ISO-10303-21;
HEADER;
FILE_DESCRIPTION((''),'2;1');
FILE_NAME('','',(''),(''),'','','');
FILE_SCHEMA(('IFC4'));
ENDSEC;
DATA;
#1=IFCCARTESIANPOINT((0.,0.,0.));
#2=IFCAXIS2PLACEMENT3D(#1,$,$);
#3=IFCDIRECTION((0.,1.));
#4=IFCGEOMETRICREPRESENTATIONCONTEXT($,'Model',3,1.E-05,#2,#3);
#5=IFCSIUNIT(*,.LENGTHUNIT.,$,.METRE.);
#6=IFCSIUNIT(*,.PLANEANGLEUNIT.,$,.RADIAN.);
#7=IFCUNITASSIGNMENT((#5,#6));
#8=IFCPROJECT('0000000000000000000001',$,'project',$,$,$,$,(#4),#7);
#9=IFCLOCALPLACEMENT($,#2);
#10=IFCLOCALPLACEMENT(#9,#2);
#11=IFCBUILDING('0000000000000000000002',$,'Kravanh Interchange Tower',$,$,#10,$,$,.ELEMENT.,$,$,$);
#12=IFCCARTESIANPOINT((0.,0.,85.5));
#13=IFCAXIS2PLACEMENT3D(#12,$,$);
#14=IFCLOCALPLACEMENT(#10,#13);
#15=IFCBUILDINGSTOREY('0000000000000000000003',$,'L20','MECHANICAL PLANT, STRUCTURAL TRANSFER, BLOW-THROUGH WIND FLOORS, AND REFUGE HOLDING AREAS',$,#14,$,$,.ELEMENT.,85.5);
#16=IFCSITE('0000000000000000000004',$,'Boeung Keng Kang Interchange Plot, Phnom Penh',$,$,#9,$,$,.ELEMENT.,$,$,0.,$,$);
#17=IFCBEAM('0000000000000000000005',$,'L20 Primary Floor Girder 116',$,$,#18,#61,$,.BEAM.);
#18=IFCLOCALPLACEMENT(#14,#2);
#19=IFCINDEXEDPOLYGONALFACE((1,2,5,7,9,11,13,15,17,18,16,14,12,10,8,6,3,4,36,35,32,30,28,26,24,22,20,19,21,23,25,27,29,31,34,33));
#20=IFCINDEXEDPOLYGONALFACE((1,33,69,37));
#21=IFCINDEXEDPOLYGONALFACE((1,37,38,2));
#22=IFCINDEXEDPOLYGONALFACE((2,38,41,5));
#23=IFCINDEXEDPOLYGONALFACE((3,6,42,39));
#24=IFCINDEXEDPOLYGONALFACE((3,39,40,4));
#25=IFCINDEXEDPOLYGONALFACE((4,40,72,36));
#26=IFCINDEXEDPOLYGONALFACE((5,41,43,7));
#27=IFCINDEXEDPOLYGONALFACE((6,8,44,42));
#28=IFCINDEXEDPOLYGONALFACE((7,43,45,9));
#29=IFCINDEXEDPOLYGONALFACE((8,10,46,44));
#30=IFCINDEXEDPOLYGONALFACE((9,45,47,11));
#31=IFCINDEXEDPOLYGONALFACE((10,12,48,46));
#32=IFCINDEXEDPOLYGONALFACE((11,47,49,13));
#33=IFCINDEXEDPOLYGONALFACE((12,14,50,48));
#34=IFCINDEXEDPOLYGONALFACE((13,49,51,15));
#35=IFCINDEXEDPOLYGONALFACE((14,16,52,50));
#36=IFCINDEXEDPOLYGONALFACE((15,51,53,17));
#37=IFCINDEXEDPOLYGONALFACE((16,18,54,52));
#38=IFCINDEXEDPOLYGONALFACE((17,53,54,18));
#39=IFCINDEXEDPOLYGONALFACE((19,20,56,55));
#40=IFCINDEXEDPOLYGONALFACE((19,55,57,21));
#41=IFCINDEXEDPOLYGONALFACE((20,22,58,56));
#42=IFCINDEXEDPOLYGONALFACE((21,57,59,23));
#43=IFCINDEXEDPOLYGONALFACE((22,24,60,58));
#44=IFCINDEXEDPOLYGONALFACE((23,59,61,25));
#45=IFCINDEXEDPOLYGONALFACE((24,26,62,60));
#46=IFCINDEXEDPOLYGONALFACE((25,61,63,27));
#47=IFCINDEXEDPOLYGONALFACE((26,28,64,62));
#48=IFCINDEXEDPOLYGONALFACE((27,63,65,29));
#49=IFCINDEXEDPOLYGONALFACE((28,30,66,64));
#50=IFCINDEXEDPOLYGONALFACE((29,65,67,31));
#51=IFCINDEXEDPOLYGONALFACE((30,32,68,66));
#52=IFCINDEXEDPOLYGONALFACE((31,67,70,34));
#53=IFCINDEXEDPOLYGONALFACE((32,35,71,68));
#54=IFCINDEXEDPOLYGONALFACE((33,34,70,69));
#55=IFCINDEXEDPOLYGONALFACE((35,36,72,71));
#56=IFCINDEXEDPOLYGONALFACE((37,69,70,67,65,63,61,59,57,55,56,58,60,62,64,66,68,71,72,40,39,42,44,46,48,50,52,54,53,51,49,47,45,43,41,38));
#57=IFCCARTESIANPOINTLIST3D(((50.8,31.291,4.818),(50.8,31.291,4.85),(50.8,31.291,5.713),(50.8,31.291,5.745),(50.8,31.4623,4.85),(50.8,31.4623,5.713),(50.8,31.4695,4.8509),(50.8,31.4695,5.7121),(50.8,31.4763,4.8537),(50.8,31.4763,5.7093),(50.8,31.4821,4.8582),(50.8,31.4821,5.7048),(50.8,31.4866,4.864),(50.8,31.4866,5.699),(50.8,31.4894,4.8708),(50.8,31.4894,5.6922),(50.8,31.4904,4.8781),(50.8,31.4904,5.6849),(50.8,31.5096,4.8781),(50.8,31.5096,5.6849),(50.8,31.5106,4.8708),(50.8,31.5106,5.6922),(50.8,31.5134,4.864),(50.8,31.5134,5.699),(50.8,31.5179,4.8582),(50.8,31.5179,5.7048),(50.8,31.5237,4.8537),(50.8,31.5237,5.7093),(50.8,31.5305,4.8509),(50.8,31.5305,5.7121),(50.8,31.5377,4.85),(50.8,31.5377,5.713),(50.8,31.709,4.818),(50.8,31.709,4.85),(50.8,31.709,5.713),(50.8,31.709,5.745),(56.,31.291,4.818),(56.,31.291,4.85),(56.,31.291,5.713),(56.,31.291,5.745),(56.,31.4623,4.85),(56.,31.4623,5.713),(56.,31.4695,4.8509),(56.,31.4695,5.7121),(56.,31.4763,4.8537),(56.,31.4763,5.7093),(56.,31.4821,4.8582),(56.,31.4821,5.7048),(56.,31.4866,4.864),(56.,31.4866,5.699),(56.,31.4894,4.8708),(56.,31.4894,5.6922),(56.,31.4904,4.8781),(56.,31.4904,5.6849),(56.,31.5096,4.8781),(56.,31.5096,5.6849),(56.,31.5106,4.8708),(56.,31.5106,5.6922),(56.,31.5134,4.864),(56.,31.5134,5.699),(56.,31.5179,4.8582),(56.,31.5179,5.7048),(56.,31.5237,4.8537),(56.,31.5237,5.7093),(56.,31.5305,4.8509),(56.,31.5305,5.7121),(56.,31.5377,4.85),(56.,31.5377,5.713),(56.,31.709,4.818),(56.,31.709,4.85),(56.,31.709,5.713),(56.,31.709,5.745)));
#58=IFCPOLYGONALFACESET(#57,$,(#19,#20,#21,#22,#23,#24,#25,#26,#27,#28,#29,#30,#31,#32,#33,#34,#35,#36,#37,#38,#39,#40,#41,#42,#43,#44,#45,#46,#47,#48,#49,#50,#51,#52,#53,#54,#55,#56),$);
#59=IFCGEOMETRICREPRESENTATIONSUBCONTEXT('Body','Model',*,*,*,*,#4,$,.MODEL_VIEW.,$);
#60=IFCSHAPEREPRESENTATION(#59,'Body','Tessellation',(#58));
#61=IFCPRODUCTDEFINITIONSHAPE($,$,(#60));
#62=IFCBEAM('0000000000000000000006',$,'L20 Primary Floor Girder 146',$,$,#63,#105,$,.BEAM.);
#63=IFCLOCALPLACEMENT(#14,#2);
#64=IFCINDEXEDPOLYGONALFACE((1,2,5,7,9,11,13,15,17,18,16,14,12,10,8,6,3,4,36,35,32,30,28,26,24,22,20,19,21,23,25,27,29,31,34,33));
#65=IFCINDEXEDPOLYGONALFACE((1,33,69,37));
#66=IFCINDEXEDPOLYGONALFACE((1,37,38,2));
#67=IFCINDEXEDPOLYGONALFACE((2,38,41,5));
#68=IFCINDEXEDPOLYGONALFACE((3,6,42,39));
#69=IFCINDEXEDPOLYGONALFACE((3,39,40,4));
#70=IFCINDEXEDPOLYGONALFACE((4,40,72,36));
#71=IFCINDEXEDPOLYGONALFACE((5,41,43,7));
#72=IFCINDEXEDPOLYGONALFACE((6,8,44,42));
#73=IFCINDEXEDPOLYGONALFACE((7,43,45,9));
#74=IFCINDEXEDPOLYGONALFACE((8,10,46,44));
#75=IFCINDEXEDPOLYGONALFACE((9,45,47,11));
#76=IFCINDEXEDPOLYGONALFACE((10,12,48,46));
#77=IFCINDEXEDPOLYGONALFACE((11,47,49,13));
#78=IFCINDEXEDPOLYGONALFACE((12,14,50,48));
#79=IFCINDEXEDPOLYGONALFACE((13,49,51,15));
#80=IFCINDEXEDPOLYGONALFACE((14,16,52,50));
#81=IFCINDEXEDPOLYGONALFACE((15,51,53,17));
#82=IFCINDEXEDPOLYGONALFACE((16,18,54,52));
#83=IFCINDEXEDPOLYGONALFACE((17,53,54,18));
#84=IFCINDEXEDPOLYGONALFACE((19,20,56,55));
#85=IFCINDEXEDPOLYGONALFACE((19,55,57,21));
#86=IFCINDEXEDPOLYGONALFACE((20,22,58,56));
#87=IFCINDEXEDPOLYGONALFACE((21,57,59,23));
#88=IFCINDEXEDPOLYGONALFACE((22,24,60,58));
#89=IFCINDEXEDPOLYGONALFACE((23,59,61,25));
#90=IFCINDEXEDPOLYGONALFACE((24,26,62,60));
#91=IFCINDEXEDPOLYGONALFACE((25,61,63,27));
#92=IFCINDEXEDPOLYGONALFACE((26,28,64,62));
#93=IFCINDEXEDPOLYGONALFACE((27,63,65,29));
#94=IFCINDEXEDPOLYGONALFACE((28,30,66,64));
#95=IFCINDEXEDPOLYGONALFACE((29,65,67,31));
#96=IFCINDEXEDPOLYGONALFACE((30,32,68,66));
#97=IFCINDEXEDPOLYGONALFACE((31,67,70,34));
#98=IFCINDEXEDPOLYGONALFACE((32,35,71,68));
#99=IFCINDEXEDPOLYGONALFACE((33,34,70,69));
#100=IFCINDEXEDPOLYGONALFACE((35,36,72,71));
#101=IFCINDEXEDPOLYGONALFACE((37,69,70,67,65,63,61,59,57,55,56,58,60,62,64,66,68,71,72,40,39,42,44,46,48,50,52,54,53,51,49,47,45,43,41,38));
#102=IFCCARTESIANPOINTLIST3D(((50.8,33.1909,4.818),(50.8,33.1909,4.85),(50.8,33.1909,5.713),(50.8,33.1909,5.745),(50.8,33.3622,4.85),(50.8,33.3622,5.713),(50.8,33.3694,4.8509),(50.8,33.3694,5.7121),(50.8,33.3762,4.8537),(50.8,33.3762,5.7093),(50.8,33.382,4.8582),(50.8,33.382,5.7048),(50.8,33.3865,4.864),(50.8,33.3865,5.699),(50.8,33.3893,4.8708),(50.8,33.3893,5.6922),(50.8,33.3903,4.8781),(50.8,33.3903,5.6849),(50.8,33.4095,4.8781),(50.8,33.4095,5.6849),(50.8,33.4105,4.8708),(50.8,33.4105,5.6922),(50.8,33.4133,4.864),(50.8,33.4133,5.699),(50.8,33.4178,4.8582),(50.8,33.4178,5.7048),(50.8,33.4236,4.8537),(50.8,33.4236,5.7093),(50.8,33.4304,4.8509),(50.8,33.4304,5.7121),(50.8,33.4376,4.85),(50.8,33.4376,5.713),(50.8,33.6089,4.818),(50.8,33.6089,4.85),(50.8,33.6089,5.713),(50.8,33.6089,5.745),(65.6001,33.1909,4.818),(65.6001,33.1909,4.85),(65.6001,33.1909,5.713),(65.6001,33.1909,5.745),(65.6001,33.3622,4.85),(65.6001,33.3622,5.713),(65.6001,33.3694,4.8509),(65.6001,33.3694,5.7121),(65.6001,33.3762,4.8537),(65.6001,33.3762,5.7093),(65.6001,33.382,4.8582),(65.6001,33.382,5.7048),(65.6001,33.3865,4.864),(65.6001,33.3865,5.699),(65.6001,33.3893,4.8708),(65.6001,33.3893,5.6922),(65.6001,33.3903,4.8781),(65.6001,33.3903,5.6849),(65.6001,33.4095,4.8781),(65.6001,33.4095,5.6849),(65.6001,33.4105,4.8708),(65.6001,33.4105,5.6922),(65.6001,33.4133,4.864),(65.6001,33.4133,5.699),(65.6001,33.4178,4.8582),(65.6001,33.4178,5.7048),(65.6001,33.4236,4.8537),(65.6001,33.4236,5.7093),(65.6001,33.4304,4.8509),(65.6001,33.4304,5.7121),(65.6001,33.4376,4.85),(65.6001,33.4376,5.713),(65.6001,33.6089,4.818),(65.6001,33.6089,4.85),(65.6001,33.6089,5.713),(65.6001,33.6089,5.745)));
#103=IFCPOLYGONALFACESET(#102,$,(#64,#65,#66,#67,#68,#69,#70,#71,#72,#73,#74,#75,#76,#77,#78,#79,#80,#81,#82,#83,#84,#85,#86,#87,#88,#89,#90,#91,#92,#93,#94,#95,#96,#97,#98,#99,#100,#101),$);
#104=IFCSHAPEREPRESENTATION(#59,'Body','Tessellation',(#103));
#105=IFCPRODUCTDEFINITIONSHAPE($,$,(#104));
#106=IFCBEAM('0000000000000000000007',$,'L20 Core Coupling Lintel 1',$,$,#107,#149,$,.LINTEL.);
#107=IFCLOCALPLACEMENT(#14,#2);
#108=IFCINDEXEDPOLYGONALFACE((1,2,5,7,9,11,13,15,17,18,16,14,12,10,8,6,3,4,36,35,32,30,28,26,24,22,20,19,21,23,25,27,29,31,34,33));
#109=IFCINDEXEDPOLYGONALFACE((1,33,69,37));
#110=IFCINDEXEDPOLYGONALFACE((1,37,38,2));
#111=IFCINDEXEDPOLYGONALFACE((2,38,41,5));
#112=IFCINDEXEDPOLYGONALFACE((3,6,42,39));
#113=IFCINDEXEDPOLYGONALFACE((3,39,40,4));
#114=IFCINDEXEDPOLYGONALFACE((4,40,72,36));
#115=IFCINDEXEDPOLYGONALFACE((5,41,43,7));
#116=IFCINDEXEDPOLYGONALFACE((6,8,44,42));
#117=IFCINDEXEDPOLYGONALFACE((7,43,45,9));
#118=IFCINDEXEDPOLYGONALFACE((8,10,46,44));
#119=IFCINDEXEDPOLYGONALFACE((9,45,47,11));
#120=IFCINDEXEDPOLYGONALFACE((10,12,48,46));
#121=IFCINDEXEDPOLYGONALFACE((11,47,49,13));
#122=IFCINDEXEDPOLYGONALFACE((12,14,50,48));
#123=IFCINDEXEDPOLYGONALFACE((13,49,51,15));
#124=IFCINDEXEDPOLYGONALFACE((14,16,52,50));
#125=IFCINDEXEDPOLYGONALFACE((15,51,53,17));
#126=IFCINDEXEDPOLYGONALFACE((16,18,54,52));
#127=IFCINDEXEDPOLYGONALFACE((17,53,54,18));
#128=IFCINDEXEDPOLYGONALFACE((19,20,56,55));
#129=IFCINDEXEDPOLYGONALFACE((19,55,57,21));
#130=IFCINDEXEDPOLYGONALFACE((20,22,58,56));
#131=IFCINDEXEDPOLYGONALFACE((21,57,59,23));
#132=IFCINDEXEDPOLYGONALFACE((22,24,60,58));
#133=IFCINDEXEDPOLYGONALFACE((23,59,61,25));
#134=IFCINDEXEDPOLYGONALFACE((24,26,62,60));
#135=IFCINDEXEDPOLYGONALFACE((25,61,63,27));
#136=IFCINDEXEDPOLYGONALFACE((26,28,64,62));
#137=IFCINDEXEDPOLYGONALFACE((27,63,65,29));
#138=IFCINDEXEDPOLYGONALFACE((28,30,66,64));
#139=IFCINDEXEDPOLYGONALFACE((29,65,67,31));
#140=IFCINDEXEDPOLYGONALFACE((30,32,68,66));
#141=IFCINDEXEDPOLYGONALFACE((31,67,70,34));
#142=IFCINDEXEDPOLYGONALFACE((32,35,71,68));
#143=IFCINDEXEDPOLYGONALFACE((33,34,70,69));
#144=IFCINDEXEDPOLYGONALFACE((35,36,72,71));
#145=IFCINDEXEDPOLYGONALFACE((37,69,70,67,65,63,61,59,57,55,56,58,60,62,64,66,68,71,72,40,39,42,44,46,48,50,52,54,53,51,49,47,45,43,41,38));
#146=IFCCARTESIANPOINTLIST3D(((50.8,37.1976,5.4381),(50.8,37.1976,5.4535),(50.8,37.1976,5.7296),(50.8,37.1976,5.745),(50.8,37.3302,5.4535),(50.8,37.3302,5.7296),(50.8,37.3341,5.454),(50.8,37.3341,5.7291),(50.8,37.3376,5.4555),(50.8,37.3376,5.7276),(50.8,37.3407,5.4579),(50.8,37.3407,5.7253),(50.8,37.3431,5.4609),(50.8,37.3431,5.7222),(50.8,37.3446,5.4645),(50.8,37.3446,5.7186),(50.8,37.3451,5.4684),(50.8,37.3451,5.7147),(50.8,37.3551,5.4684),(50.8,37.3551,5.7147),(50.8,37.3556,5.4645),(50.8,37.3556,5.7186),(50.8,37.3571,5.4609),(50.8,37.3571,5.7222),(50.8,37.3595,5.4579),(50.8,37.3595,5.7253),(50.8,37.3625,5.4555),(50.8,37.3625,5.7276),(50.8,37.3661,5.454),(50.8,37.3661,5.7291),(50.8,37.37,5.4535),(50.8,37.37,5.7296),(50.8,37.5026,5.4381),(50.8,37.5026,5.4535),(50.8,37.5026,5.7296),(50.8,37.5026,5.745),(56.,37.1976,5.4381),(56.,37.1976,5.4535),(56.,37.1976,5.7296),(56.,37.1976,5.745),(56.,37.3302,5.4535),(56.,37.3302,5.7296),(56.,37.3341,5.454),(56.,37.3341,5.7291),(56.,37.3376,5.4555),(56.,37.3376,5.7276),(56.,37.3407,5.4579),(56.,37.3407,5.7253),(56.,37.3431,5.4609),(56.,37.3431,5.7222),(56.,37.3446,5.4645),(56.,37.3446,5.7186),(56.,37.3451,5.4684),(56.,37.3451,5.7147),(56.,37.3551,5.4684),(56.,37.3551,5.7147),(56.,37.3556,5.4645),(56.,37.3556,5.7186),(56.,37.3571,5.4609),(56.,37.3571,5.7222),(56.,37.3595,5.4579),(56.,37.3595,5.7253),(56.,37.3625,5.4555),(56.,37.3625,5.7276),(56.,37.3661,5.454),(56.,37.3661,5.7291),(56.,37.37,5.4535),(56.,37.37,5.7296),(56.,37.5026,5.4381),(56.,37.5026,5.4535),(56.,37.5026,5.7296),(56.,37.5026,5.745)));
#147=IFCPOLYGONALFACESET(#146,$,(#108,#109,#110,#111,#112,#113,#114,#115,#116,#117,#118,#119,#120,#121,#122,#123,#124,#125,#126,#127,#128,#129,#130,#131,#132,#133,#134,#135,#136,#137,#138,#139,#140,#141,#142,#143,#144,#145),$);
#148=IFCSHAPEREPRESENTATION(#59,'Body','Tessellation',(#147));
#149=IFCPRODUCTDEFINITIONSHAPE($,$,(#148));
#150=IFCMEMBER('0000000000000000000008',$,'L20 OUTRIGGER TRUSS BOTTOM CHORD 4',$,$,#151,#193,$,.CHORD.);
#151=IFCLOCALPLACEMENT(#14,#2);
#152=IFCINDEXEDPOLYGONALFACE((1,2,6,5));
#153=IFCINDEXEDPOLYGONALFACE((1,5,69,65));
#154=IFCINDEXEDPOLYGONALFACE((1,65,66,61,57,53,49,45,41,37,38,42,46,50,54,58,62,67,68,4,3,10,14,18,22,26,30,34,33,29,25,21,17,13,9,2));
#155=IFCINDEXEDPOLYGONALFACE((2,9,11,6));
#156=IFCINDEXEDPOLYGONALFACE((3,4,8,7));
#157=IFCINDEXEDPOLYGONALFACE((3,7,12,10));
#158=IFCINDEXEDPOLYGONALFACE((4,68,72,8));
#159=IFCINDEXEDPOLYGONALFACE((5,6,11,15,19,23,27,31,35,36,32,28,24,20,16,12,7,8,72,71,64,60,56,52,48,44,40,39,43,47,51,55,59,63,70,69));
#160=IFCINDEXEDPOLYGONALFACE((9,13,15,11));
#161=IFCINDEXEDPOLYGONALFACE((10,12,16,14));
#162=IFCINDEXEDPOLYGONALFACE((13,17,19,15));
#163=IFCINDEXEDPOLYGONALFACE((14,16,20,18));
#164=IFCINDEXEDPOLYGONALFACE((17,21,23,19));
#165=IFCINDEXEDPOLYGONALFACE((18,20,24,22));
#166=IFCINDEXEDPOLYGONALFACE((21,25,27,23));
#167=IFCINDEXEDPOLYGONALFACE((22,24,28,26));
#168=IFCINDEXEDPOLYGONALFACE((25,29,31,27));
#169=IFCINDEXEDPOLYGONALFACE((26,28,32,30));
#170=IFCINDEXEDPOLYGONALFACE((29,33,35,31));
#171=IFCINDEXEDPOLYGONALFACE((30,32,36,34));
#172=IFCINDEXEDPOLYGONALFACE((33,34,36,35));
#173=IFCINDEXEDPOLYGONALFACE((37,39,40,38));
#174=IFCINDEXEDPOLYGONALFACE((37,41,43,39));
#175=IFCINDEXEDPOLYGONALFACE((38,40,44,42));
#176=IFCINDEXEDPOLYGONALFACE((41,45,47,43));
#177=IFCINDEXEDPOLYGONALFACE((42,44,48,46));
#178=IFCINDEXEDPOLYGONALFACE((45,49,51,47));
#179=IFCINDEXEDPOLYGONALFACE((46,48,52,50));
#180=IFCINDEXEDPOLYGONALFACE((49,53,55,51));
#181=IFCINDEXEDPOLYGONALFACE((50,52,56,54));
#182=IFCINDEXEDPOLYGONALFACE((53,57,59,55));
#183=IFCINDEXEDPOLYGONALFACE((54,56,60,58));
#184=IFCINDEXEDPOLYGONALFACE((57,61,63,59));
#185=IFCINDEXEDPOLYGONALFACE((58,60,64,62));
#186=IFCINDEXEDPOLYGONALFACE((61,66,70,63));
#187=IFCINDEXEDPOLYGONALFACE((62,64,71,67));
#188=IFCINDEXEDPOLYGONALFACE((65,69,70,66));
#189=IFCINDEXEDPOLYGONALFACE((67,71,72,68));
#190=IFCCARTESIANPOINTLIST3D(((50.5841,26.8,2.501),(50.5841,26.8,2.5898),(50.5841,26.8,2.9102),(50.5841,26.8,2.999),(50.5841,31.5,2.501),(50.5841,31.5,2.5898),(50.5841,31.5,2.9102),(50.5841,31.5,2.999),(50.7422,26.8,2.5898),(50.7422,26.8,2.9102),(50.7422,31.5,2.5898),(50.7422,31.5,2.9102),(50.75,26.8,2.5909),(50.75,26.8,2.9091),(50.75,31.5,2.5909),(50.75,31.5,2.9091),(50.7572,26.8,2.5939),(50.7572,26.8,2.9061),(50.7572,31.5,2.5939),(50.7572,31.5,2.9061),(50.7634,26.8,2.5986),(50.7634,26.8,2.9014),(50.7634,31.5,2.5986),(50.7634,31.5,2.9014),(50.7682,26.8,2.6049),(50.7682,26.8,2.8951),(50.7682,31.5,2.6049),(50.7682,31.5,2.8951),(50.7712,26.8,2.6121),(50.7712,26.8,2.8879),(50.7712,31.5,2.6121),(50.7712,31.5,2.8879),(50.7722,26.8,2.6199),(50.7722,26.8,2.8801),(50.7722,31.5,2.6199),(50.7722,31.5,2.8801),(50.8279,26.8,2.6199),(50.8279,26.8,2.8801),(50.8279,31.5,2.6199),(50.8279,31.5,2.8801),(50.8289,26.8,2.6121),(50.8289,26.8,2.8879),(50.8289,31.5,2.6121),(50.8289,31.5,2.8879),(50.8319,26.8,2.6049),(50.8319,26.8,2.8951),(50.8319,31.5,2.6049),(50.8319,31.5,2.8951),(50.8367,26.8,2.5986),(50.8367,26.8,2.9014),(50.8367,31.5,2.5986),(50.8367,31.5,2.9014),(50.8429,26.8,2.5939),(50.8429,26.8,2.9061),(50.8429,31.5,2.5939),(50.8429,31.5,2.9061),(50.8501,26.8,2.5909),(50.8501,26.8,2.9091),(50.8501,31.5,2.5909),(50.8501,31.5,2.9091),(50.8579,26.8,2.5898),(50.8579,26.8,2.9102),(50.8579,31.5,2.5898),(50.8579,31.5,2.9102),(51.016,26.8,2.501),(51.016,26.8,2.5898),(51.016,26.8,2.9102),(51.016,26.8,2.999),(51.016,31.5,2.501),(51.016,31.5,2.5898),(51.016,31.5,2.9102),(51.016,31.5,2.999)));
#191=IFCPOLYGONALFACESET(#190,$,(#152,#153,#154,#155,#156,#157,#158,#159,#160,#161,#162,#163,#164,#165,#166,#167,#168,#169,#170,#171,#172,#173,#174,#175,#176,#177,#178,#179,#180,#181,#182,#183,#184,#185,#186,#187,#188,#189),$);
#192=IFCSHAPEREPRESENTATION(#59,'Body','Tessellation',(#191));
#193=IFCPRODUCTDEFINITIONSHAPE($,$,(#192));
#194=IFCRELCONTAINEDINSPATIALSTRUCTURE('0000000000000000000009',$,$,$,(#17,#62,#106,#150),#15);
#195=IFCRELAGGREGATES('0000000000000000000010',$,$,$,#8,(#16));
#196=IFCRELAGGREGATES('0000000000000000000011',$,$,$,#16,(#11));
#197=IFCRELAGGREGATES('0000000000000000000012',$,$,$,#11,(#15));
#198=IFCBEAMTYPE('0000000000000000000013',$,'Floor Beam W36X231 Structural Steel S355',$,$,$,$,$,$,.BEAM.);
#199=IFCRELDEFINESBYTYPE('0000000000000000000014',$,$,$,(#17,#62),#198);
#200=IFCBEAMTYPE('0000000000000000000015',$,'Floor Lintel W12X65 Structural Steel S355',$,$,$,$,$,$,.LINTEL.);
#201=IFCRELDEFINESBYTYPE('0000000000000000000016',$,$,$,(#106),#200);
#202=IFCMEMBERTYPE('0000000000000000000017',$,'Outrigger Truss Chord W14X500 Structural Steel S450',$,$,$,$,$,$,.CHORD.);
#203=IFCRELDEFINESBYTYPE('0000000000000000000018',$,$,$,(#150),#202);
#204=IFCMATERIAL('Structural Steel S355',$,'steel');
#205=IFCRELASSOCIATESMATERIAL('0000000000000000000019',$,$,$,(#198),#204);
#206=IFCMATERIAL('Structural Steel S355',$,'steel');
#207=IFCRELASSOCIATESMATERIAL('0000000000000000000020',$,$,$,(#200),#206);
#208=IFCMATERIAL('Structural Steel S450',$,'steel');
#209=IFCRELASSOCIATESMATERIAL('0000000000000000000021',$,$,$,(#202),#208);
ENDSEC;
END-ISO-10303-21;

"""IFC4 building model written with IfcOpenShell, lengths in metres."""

from ifc_helpers import new_model, si_unit, direction, frame, origin, origin_2d, place, context, subcontext, project, spatial, i_section, extrude, material, material_profile, profile_set, type_object, element, save


model = new_model("IFC4")

# Units and contexts
model_context = context("Model", 3, precision=1e-05, world=origin(), true_north=direction((0.0, 1.0)))
body_context = subcontext(model_context, "Body", "Model", "MODEL_VIEW")
ifc_project = project(units=[si_unit("LENGTHUNIT", "METRE"), si_unit("PLANEANGLEUNIT", "RADIAN")], contexts=[model_context])

# Site, building, storey
site_placement = place(None, origin())
site = spatial("IfcSite", under=ifc_project, at=site_placement, Name="Boeung Keng Kang Interchange Plot, Phnom Penh", CompositionType="ELEMENT", RefElevation=0.0)
building_placement = place(site_placement, origin())
building = spatial("IfcBuilding", under=site, at=building_placement, Name="Kravanh Interchange Tower", CompositionType="ELEMENT")
storey_placement = place(building_placement, frame((0.0, 0.0, 85.5)))
storey = spatial("IfcBuildingStorey", under=building, at=storey_placement, Name="L20", Description="MECHANICAL PLANT, STRUCTURAL TRANSFER, BLOW-THROUGH WIND FLOORS, AND REFUGE HOLDING AREAS", CompositionType="ELEMENT", Elevation=85.5)

# Beams
ifc_material_1 = material(Name="Structural Steel S355", Category="steel")
ifc_material_profile_1 = material_profile(ifc_material_1, i_section(OverallWidth=0.418, OverallDepth=0.927, WebThickness=0.0193, FlangeThickness=0.032, FilletRadius=0.0281, at=origin_2d()), Name="W36X231")
ifc_profile_set_1 = profile_set([ifc_material_profile_1], Name="Structural Steel S355")
beam_type_1 = type_object("IfcBeamType", Name="Floor Beam W36X231 Structural Steel S355", PredefinedType="BEAM", material=ifc_profile_set_1)
beam_1_placement = place(storey_placement, frame((50.8, 31.5, 5.2815), z_axis=(1.0, 0.0, 0.0), x_axis=(0.0, 1.0, 0.0)))
element("IfcBeam", 1, at=beam_1_placement, inside=storey, type_object=beam_type_1, Name="L20 Primary Floor Girder 116", PredefinedType="BEAM", context=body_context, shape_type="SweptSolid", body=[
    extrude(i_section(OverallWidth=0.418, OverallDepth=0.927, WebThickness=0.0193, FlangeThickness=0.032, FilletRadius=0.0281, at=origin_2d()), origin(), (0.0, 0.0, 1.0), 5.2),
])
beam_2_placement = place(storey_placement, frame((50.8, 33.3999, 5.2815), z_axis=(1.0, 0.0, 0.0), x_axis=(0.0, 1.0, 0.0)))
element("IfcBeam", 2, at=beam_2_placement, inside=storey, type_object=beam_type_1, Name="L20 Primary Floor Girder 146", PredefinedType="BEAM", context=body_context, shape_type="SweptSolid", body=[
    extrude(i_section(OverallWidth=0.418, OverallDepth=0.927, WebThickness=0.0193, FlangeThickness=0.032, FilletRadius=0.0281, at=origin_2d()), origin(), (0.0, 0.0, 1.0), 14.8),
])
ifc_material_2 = material(Name="Structural Steel S355", Category="steel")
ifc_material_profile_2 = material_profile(ifc_material_2, i_section(OverallWidth=0.3049, OverallDepth=0.3069, WebThickness=0.01, FlangeThickness=0.0154, FilletRadius=0.0149, at=origin_2d()), Name="W12X65")
ifc_profile_set_2 = profile_set([ifc_material_profile_2], Name="Structural Steel S355")
beam_type_2 = type_object("IfcBeamType", Name="Floor Lintel W12X65 Structural Steel S355", PredefinedType="LINTEL", material=ifc_profile_set_2)
beam_3_placement = place(storey_placement, frame((50.8, 37.3501, 5.5916), z_axis=(1.0, 0.0, 0.0), x_axis=(0.0, 1.0, 0.0)))
element("IfcBeam", 3, at=beam_3_placement, inside=storey, type_object=beam_type_2, Name="L20 Core Coupling Lintel 1", PredefinedType="LINTEL", context=body_context, shape_type="SweptSolid", body=[
    extrude(i_section(OverallWidth=0.3049, OverallDepth=0.3069, WebThickness=0.01, FlangeThickness=0.0154, FilletRadius=0.0149, at=origin_2d()), origin(), (0.0, 0.0, 1.0), 5.2),
])

# Member
ifc_material_3 = material(Name="Structural Steel S450", Category="steel")
ifc_material_profile_3 = material_profile(ifc_material_3, i_section(OverallWidth=0.4319, OverallDepth=0.498, WebThickness=0.0557, FlangeThickness=0.0889, FilletRadius=0.03, at=origin_2d()), Name="W14X500")
ifc_profile_set_3 = profile_set([ifc_material_profile_3], Name="Structural Steel S450")
member_type_1 = type_object("IfcMemberType", Name="Outrigger Truss Chord W14X500 Structural Steel S450", PredefinedType="CHORD", material=ifc_profile_set_3)
member_1_placement = place(storey_placement, frame((50.8, 31.5, 2.75), z_axis=(0.0, -1.0, 0.0), x_axis=(1.0, 0.0, 0.0)))
element("IfcMember", 4, at=member_1_placement, inside=storey, type_object=member_type_1, Name="L20 OUTRIGGER TRUSS BOTTOM CHORD 4", PredefinedType="CHORD", context=body_context, shape_type="SweptSolid", body=[
    extrude(i_section(OverallWidth=0.4319, OverallDepth=0.498, WebThickness=0.0557, FlangeThickness=0.0889, FilletRadius=0.03, at=origin_2d()), origin(), (0.0, 0.0, 1.0), 4.7),
])

save(model, "model.ifc")
